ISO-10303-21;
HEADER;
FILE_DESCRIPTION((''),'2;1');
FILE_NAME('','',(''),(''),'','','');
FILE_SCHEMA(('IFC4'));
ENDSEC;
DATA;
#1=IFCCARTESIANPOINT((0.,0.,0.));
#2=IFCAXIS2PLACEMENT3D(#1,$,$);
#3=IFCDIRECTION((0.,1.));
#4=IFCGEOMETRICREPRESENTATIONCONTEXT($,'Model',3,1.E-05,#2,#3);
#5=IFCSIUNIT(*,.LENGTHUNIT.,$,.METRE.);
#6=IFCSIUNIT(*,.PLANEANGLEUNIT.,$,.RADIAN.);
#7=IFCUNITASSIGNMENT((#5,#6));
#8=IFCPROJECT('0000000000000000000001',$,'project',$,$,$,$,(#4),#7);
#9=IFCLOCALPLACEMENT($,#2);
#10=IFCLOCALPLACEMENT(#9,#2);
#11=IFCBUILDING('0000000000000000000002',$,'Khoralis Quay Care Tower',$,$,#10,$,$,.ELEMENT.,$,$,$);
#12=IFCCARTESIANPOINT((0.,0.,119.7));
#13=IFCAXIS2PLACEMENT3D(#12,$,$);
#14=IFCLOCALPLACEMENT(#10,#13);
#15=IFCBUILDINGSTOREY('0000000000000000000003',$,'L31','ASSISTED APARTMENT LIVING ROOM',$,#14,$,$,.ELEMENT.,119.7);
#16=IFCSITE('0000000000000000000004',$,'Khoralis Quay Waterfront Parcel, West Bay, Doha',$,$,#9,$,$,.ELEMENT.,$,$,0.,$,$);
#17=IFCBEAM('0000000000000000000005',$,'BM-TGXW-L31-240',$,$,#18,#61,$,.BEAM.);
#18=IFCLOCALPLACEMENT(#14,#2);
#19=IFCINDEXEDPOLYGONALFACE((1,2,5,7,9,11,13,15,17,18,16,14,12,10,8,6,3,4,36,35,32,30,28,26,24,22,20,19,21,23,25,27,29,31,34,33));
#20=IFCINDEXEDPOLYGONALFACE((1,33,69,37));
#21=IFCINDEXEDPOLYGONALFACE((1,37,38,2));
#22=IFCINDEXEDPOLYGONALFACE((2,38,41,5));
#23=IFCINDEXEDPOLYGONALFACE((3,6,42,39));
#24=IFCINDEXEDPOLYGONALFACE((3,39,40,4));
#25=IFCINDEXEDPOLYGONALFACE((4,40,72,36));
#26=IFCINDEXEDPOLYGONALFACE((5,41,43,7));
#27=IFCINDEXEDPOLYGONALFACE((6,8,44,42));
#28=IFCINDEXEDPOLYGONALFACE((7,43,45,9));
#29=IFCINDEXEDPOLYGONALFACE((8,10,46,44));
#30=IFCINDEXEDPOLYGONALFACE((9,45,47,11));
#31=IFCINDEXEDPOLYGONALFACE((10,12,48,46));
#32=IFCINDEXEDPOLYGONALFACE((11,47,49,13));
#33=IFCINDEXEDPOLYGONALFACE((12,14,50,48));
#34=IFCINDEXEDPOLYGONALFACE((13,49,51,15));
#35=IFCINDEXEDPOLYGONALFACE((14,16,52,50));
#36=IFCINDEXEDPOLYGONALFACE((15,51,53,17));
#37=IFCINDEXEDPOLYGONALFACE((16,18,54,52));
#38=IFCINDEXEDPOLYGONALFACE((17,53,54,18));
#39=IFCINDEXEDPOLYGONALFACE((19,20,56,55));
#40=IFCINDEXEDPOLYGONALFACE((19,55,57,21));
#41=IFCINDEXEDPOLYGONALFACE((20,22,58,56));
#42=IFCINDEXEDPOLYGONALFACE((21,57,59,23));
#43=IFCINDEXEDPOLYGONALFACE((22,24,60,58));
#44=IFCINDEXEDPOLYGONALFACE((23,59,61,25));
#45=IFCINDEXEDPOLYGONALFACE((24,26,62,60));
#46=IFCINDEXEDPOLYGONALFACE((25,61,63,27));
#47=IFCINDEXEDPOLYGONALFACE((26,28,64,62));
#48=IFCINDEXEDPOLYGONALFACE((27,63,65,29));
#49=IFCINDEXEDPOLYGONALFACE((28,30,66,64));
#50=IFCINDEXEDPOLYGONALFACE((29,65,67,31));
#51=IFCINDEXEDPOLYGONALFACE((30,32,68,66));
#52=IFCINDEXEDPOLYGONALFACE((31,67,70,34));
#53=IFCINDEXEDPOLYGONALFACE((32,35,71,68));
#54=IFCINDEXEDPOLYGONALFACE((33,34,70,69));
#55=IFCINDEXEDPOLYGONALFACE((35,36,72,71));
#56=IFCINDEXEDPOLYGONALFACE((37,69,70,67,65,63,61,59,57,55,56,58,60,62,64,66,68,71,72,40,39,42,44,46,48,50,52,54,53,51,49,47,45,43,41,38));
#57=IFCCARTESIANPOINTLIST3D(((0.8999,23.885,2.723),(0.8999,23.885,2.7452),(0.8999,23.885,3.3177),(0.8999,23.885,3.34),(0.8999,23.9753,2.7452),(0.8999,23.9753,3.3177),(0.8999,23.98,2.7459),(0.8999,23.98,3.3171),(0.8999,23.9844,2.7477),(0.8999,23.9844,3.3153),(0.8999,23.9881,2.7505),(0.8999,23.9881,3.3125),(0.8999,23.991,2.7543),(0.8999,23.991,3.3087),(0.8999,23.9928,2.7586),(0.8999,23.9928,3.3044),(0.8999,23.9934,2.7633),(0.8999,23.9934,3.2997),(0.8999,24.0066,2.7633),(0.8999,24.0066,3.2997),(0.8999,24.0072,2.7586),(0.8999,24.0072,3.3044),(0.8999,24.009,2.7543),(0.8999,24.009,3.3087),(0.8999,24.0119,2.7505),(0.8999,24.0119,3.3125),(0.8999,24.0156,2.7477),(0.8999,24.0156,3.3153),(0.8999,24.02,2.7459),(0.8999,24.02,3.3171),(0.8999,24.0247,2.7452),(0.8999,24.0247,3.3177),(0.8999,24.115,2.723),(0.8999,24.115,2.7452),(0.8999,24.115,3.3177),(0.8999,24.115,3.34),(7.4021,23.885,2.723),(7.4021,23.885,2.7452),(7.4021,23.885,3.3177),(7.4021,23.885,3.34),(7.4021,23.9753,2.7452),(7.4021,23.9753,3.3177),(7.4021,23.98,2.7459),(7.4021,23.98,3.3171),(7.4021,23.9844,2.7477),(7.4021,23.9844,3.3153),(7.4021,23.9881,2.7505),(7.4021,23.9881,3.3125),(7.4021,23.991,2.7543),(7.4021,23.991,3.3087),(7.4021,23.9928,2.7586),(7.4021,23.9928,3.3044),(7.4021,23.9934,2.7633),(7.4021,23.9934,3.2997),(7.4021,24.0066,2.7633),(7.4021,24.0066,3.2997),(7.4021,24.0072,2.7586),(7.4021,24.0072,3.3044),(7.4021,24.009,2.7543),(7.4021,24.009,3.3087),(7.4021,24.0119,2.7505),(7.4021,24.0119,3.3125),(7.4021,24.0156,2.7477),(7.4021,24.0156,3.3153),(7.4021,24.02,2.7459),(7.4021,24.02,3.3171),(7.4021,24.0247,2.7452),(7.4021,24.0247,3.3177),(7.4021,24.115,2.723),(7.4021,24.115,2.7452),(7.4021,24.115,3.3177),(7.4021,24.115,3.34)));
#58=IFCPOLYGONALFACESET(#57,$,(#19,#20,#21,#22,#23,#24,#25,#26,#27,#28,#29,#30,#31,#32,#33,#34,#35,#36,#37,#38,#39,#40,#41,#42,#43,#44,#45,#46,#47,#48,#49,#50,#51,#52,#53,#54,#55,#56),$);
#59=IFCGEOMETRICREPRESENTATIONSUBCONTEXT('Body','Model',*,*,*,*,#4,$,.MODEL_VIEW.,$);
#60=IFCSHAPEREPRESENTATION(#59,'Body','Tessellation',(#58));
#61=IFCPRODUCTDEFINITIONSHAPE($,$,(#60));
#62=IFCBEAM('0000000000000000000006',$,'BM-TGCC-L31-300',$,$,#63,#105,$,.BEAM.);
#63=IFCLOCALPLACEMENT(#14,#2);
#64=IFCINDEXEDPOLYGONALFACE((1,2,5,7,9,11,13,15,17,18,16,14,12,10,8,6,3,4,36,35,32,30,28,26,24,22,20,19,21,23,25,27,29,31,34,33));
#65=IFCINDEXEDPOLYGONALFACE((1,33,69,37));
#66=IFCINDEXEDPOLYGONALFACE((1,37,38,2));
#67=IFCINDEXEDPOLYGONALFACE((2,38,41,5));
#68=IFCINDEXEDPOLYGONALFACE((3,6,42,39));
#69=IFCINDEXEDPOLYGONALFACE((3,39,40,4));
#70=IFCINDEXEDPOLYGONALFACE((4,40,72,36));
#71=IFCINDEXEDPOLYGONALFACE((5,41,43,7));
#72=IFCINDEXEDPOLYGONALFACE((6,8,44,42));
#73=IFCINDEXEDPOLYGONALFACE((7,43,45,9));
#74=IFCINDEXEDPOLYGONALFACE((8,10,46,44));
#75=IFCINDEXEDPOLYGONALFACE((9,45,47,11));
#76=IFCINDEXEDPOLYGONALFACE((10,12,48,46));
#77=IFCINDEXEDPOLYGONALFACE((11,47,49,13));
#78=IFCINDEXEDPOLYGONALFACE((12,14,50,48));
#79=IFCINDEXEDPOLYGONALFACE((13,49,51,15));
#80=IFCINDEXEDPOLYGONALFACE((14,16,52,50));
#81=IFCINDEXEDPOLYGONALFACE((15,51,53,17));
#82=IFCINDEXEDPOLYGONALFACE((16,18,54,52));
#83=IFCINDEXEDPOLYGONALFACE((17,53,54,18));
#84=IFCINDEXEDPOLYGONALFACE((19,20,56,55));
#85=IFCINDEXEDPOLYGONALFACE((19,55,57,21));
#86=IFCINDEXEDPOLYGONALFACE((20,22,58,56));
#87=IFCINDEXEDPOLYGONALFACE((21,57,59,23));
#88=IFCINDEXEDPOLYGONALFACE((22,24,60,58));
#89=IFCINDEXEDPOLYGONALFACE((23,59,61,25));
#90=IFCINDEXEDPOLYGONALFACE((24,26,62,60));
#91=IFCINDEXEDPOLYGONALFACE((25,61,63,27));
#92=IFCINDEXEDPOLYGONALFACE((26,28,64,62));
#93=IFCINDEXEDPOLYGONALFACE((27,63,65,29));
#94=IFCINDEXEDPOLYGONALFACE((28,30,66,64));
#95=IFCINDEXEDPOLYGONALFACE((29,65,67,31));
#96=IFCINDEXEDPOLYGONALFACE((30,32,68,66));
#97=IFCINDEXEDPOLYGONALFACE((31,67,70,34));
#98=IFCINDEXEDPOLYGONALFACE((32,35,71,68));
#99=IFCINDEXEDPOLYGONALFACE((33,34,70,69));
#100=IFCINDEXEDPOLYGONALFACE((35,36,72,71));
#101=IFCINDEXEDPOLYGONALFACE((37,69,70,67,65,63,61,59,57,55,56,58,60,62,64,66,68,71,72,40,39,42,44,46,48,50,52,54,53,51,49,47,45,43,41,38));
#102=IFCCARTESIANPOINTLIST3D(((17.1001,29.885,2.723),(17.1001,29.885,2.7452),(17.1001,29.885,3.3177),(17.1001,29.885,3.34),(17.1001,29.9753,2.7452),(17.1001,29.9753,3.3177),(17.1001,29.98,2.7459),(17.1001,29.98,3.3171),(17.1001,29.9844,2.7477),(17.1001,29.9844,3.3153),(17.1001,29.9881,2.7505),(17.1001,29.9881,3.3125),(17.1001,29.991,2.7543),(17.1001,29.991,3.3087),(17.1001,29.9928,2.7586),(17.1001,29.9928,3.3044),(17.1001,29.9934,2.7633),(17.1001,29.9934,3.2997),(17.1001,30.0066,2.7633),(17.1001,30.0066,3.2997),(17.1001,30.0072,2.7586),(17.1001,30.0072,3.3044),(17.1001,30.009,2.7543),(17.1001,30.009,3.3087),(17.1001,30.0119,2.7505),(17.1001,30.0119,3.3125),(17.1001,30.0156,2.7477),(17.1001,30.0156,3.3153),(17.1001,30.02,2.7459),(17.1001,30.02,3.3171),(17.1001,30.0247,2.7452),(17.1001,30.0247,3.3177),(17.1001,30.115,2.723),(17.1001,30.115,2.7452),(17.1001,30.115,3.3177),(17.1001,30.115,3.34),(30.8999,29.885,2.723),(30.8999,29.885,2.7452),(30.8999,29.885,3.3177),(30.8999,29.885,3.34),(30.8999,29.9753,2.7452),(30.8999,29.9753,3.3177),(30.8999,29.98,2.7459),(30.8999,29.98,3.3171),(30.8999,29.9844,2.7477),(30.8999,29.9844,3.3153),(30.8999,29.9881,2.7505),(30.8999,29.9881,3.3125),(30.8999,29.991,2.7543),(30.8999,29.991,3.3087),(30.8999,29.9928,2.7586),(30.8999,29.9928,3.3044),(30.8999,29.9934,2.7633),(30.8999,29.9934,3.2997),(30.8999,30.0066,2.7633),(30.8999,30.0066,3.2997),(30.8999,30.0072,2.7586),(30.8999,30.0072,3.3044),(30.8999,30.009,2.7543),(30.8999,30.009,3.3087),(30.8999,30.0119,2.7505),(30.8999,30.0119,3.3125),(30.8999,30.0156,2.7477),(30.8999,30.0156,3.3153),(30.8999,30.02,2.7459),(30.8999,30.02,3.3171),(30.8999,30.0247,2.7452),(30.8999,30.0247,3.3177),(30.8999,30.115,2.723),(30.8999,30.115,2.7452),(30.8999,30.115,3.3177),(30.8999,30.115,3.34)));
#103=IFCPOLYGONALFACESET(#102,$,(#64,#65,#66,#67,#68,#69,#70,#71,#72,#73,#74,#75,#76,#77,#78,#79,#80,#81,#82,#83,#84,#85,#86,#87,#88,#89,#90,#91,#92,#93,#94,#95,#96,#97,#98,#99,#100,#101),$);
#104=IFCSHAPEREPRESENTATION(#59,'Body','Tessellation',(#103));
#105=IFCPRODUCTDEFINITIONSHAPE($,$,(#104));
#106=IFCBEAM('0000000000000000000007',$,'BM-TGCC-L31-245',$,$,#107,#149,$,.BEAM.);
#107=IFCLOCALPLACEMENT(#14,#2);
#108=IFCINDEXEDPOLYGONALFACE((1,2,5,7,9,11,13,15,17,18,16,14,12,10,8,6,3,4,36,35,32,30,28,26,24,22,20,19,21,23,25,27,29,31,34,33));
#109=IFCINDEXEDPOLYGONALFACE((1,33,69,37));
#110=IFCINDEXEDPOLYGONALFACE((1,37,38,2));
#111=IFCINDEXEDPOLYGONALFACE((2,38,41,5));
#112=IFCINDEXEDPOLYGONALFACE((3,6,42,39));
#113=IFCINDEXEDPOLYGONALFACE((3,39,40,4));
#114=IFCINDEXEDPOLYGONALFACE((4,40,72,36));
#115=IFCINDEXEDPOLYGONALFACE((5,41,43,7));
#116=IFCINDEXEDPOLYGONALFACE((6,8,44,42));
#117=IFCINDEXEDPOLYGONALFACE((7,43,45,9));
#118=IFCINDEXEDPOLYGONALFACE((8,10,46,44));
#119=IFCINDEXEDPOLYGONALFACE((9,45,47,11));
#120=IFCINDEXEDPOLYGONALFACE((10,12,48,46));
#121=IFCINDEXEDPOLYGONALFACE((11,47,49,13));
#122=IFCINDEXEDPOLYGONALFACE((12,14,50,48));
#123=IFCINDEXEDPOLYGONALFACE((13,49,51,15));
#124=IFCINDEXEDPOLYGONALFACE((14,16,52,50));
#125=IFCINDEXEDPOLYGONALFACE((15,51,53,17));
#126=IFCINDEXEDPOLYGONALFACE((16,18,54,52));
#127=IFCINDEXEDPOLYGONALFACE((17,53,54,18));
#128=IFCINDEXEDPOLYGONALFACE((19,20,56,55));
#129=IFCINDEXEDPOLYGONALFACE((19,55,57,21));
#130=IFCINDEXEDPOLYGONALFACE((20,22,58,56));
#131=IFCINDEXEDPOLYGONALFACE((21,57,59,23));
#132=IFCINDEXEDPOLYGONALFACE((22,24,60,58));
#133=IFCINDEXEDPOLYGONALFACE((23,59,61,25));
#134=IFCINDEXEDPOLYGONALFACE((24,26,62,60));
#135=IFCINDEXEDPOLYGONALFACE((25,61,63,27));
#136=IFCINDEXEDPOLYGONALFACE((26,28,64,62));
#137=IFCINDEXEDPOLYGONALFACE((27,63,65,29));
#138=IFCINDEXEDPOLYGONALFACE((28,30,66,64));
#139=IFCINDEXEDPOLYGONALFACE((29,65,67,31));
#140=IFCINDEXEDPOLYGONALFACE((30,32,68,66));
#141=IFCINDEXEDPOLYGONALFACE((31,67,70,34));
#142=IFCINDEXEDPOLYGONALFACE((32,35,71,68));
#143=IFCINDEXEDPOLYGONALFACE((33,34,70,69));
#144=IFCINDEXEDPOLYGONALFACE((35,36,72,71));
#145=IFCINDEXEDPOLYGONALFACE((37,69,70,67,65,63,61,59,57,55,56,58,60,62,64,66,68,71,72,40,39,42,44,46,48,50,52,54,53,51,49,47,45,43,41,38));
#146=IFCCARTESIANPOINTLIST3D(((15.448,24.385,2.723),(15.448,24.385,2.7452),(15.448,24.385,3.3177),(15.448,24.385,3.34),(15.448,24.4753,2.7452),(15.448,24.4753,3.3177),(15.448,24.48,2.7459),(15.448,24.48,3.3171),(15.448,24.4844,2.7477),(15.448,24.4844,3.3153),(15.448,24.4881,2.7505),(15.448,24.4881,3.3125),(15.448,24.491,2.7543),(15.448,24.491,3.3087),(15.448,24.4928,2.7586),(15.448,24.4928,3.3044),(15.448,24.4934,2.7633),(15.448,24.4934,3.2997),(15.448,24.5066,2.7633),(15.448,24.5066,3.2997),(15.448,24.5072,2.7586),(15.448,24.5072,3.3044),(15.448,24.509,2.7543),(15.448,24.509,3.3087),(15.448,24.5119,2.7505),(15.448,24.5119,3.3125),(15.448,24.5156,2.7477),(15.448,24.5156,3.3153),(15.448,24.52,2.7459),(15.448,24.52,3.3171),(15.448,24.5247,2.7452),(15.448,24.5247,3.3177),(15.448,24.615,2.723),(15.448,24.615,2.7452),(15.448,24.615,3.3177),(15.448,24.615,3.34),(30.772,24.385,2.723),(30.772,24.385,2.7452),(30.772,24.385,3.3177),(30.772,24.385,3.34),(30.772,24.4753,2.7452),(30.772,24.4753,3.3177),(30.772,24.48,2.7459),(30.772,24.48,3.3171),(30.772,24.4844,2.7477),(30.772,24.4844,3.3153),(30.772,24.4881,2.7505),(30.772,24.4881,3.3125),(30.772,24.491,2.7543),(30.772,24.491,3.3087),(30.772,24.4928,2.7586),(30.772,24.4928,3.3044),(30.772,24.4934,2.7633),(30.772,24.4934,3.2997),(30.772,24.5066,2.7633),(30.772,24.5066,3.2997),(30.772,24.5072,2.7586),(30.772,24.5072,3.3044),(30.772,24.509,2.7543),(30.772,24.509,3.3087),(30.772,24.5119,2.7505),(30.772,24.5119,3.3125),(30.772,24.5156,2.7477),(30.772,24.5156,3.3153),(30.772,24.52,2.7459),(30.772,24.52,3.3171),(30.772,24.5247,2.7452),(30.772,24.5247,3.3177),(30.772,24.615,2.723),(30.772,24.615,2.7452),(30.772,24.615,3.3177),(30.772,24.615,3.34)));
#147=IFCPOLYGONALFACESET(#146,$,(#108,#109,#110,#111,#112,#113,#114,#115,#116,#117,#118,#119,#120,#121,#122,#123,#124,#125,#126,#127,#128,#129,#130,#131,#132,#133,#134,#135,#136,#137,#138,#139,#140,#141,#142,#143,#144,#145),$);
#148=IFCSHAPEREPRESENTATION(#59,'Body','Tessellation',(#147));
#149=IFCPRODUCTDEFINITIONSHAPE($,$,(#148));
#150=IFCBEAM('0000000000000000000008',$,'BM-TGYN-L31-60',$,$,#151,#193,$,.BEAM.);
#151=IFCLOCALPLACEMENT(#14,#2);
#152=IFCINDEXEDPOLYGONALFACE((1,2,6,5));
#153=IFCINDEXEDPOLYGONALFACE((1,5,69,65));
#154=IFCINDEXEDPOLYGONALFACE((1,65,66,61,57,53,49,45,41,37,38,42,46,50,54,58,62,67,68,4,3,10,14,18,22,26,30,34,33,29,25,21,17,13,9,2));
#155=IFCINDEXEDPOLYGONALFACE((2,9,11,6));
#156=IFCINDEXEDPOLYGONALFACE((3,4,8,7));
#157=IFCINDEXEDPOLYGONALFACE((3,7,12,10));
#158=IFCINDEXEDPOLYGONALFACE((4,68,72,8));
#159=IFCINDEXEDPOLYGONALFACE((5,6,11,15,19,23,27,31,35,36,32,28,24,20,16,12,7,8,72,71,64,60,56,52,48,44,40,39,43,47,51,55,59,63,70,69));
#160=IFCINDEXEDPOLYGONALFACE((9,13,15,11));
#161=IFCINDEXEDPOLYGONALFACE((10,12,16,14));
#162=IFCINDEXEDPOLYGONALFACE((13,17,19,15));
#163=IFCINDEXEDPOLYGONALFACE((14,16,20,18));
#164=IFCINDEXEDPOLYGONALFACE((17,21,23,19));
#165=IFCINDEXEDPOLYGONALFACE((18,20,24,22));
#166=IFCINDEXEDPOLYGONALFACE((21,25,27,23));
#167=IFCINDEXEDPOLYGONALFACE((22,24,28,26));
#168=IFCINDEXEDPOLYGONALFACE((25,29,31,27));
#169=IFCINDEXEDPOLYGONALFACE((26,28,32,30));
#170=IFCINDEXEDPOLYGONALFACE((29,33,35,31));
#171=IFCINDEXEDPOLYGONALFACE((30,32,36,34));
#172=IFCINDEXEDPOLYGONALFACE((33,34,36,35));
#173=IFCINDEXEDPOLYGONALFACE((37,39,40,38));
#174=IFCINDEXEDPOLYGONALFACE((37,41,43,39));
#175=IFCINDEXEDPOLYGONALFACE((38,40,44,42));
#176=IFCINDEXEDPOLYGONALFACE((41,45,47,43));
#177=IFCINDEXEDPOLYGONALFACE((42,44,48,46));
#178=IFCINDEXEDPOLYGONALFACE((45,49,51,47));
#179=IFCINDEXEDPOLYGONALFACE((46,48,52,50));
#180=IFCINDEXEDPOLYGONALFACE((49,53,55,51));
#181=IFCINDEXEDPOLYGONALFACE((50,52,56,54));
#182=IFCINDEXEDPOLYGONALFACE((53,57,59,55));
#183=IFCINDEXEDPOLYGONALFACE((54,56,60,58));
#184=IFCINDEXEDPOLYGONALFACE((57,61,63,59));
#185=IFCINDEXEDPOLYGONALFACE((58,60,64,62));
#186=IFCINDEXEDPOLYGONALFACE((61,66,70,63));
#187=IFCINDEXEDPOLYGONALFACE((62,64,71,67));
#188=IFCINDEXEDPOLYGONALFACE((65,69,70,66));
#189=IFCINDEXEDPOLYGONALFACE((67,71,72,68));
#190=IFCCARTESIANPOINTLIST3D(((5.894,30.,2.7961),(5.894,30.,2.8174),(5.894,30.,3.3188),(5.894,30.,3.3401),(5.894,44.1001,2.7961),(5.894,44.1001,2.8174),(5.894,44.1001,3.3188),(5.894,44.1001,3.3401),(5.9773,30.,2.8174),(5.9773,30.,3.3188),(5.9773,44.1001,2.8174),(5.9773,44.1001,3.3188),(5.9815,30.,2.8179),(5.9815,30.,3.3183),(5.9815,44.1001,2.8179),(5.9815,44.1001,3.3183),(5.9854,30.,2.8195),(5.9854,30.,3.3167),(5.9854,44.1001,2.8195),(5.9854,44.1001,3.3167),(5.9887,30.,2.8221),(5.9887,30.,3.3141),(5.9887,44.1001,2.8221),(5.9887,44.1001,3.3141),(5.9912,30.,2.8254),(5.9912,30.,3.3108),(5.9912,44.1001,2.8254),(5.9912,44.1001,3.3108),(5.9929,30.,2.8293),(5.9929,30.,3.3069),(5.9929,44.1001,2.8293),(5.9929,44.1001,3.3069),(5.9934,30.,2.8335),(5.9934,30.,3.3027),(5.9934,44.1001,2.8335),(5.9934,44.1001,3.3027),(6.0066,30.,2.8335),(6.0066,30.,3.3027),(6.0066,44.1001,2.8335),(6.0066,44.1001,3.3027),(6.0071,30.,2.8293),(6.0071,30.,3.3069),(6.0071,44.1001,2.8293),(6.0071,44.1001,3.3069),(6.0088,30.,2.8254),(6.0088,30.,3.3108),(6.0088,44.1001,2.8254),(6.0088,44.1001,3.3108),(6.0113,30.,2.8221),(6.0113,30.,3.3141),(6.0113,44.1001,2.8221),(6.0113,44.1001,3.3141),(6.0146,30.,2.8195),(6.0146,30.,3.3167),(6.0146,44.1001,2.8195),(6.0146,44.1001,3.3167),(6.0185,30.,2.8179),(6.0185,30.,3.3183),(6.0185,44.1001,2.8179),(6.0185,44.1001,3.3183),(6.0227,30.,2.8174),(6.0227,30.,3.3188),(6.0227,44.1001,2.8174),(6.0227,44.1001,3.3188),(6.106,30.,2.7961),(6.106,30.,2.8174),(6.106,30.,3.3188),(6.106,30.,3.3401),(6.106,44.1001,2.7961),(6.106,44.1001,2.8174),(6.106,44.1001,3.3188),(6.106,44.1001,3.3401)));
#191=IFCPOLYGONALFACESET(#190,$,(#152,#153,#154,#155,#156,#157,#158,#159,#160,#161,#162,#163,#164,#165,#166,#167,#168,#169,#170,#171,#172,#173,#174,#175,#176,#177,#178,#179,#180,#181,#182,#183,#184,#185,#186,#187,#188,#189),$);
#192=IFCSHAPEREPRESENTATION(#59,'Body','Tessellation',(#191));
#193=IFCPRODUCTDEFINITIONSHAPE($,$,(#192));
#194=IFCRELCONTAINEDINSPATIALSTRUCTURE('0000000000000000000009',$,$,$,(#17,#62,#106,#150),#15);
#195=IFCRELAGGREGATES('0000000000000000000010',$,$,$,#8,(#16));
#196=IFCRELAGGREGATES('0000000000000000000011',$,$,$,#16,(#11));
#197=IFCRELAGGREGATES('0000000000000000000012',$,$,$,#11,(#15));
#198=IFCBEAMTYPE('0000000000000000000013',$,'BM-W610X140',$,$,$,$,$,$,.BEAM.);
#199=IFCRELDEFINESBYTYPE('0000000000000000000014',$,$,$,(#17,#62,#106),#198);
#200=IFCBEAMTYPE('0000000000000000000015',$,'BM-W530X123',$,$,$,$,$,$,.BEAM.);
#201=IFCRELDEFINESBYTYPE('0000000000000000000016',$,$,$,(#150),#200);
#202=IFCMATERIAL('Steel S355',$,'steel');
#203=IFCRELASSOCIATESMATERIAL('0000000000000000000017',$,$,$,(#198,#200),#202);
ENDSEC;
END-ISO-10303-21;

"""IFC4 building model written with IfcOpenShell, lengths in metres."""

from ifc_helpers import new_model, si_unit, direction, frame, origin, origin_2d, place, context, subcontext, project, spatial, i_section, extrude, source, transform, mapped, material, material_profile, profile_set, type_object, element, save


model = new_model("IFC4")

# Units and contexts
model_context = context("Model", 3, precision=1e-05, world=origin(), true_north=direction((0.0, 1.0)))
body_context = subcontext(model_context, "Body", "Model", "MODEL_VIEW")
ifc_project = project(units=[si_unit("LENGTHUNIT", "METRE"), si_unit("PLANEANGLEUNIT", "RADIAN")], contexts=[model_context])

# Site, building, storey
site_placement = place(None, origin())
site = spatial("IfcSite", under=ifc_project, at=site_placement, Name="Khoralis Quay Waterfront Parcel, West Bay, Doha", CompositionType="ELEMENT", RefElevation=0.0)
building_placement = place(site_placement, origin())
building = spatial("IfcBuilding", under=site, at=building_placement, Name="Khoralis Quay Care Tower", CompositionType="ELEMENT")
storey_placement = place(building_placement, frame((0.0, 0.0, 119.7)))
storey = spatial("IfcBuildingStorey", under=building, at=storey_placement, Name="L31", Description="ASSISTED APARTMENT LIVING ROOM", CompositionType="ELEMENT", Elevation=119.7)

# Beams
ifc_material_1 = material(Name="Steel S355", Category="steel")
ifc_material_profile_1 = material_profile(ifc_material_1, i_section(OverallWidth=0.23, OverallDepth=0.6169, WebThickness=0.0132, FlangeThickness=0.0222, FilletRadius=0.0181, at=origin_2d()), Name="Steel S355")
ifc_profile_set_1 = profile_set([ifc_material_profile_1], Name="Steel S355")
beam_type_1 = type_object("IfcBeamType", Name="BM-W610X140", PredefinedType="BEAM", material=ifc_profile_set_1)
shared_shape_1 = source(origin(), body_context, "Body", "SweptSolid", [
    extrude(i_section(OverallWidth=0.23, OverallDepth=0.6169, WebThickness=0.0132, FlangeThickness=0.0222, FilletRadius=0.0181, at=origin_2d()), origin(), (0.0, 0.0, 1.0), 6.5022),
])
beam_1_placement = place(storey_placement, frame((0.8999, 24.0, 3.0315), z_axis=(1.0, 0.0, 0.0), x_axis=(0.0, 1.0, 0.0)))
element("IfcBeam", 1, at=beam_1_placement, inside=storey, type_object=beam_type_1, Name="BM-TGXW-L31-240", PredefinedType="BEAM", context=body_context, shape_type="MappedRepresentation", body=[
    mapped(shared_shape_1, transform((0.0, 0.0, 0.0), scale=1.0)),
])
shared_shape_2 = source(origin(), body_context, "Body", "SweptSolid", [
    extrude(i_section(OverallWidth=0.23, OverallDepth=0.6169, WebThickness=0.0132, FlangeThickness=0.0222, FilletRadius=0.0181, at=origin_2d()), origin(), (0.0, 0.0, 1.0), 13.7998),
])
beam_2_placement = place(storey_placement, frame((17.1001, 30.0, 3.0315), z_axis=(1.0, 0.0, 0.0), x_axis=(0.0, 1.0, 0.0)))
element("IfcBeam", 2, at=beam_2_placement, inside=storey, type_object=beam_type_1, Name="BM-TGCC-L31-300", PredefinedType="BEAM", context=body_context, shape_type="MappedRepresentation", body=[
    mapped(shared_shape_2, transform((0.0, 0.0, 0.0), scale=1.0)),
])
shared_shape_3 = source(origin(), body_context, "Body", "SweptSolid", [
    extrude(i_section(OverallWidth=0.23, OverallDepth=0.6169, WebThickness=0.0132, FlangeThickness=0.0222, FilletRadius=0.0181, at=origin_2d()), origin(), (0.0, 0.0, 1.0), 15.324),
])
beam_3_placement = place(storey_placement, frame((15.448, 24.5, 3.0315), z_axis=(1.0, 0.0, 0.0), x_axis=(0.0, 1.0, 0.0)))
element("IfcBeam", 3, at=beam_3_placement, inside=storey, type_object=beam_type_1, Name="BM-TGCC-L31-245", PredefinedType="BEAM", context=body_context, shape_type="MappedRepresentation", body=[
    mapped(shared_shape_3, transform((0.0, 0.0, 0.0), scale=1.0)),
])
ifc_material_profile_2 = material_profile(ifc_material_1, i_section(OverallWidth=0.2119, OverallDepth=0.5439, WebThickness=0.0132, FlangeThickness=0.0212, FilletRadius=0.0161, at=origin_2d()), Name="Steel S355")
ifc_profile_set_2 = profile_set([ifc_material_profile_2], Name="Steel S355")
beam_type_2 = type_object("IfcBeamType", Name="BM-W530X123", PredefinedType="BEAM", material=ifc_profile_set_2)
shared_shape_4 = source(origin(), body_context, "Body", "SweptSolid", [
    extrude(i_section(OverallWidth=0.2119, OverallDepth=0.5439, WebThickness=0.0132, FlangeThickness=0.0212, FilletRadius=0.0161, at=origin_2d()), origin(), (0.0, 0.0, 1.0), 14.1001),
])
for number, where, z_axis, x_axis, name in (
    (4, (6.0, 30.0, 3.0681), (0.0, 1.0, 0.0), (-1.0, 0.0, 0.0), "BM-TGYN-L31-60"),
):
    element("IfcBeam", number, at=place(storey_placement, frame(where, z_axis=z_axis, x_axis=x_axis)), inside=storey, type_object=beam_type_2, Name=name, PredefinedType="BEAM", context=body_context, shape_type="MappedRepresentation", body=[
        mapped(shared_shape_4, transform((0.0, 0.0, 0.0), scale=1.0)),
    ])

save(model, "model.ifc")
